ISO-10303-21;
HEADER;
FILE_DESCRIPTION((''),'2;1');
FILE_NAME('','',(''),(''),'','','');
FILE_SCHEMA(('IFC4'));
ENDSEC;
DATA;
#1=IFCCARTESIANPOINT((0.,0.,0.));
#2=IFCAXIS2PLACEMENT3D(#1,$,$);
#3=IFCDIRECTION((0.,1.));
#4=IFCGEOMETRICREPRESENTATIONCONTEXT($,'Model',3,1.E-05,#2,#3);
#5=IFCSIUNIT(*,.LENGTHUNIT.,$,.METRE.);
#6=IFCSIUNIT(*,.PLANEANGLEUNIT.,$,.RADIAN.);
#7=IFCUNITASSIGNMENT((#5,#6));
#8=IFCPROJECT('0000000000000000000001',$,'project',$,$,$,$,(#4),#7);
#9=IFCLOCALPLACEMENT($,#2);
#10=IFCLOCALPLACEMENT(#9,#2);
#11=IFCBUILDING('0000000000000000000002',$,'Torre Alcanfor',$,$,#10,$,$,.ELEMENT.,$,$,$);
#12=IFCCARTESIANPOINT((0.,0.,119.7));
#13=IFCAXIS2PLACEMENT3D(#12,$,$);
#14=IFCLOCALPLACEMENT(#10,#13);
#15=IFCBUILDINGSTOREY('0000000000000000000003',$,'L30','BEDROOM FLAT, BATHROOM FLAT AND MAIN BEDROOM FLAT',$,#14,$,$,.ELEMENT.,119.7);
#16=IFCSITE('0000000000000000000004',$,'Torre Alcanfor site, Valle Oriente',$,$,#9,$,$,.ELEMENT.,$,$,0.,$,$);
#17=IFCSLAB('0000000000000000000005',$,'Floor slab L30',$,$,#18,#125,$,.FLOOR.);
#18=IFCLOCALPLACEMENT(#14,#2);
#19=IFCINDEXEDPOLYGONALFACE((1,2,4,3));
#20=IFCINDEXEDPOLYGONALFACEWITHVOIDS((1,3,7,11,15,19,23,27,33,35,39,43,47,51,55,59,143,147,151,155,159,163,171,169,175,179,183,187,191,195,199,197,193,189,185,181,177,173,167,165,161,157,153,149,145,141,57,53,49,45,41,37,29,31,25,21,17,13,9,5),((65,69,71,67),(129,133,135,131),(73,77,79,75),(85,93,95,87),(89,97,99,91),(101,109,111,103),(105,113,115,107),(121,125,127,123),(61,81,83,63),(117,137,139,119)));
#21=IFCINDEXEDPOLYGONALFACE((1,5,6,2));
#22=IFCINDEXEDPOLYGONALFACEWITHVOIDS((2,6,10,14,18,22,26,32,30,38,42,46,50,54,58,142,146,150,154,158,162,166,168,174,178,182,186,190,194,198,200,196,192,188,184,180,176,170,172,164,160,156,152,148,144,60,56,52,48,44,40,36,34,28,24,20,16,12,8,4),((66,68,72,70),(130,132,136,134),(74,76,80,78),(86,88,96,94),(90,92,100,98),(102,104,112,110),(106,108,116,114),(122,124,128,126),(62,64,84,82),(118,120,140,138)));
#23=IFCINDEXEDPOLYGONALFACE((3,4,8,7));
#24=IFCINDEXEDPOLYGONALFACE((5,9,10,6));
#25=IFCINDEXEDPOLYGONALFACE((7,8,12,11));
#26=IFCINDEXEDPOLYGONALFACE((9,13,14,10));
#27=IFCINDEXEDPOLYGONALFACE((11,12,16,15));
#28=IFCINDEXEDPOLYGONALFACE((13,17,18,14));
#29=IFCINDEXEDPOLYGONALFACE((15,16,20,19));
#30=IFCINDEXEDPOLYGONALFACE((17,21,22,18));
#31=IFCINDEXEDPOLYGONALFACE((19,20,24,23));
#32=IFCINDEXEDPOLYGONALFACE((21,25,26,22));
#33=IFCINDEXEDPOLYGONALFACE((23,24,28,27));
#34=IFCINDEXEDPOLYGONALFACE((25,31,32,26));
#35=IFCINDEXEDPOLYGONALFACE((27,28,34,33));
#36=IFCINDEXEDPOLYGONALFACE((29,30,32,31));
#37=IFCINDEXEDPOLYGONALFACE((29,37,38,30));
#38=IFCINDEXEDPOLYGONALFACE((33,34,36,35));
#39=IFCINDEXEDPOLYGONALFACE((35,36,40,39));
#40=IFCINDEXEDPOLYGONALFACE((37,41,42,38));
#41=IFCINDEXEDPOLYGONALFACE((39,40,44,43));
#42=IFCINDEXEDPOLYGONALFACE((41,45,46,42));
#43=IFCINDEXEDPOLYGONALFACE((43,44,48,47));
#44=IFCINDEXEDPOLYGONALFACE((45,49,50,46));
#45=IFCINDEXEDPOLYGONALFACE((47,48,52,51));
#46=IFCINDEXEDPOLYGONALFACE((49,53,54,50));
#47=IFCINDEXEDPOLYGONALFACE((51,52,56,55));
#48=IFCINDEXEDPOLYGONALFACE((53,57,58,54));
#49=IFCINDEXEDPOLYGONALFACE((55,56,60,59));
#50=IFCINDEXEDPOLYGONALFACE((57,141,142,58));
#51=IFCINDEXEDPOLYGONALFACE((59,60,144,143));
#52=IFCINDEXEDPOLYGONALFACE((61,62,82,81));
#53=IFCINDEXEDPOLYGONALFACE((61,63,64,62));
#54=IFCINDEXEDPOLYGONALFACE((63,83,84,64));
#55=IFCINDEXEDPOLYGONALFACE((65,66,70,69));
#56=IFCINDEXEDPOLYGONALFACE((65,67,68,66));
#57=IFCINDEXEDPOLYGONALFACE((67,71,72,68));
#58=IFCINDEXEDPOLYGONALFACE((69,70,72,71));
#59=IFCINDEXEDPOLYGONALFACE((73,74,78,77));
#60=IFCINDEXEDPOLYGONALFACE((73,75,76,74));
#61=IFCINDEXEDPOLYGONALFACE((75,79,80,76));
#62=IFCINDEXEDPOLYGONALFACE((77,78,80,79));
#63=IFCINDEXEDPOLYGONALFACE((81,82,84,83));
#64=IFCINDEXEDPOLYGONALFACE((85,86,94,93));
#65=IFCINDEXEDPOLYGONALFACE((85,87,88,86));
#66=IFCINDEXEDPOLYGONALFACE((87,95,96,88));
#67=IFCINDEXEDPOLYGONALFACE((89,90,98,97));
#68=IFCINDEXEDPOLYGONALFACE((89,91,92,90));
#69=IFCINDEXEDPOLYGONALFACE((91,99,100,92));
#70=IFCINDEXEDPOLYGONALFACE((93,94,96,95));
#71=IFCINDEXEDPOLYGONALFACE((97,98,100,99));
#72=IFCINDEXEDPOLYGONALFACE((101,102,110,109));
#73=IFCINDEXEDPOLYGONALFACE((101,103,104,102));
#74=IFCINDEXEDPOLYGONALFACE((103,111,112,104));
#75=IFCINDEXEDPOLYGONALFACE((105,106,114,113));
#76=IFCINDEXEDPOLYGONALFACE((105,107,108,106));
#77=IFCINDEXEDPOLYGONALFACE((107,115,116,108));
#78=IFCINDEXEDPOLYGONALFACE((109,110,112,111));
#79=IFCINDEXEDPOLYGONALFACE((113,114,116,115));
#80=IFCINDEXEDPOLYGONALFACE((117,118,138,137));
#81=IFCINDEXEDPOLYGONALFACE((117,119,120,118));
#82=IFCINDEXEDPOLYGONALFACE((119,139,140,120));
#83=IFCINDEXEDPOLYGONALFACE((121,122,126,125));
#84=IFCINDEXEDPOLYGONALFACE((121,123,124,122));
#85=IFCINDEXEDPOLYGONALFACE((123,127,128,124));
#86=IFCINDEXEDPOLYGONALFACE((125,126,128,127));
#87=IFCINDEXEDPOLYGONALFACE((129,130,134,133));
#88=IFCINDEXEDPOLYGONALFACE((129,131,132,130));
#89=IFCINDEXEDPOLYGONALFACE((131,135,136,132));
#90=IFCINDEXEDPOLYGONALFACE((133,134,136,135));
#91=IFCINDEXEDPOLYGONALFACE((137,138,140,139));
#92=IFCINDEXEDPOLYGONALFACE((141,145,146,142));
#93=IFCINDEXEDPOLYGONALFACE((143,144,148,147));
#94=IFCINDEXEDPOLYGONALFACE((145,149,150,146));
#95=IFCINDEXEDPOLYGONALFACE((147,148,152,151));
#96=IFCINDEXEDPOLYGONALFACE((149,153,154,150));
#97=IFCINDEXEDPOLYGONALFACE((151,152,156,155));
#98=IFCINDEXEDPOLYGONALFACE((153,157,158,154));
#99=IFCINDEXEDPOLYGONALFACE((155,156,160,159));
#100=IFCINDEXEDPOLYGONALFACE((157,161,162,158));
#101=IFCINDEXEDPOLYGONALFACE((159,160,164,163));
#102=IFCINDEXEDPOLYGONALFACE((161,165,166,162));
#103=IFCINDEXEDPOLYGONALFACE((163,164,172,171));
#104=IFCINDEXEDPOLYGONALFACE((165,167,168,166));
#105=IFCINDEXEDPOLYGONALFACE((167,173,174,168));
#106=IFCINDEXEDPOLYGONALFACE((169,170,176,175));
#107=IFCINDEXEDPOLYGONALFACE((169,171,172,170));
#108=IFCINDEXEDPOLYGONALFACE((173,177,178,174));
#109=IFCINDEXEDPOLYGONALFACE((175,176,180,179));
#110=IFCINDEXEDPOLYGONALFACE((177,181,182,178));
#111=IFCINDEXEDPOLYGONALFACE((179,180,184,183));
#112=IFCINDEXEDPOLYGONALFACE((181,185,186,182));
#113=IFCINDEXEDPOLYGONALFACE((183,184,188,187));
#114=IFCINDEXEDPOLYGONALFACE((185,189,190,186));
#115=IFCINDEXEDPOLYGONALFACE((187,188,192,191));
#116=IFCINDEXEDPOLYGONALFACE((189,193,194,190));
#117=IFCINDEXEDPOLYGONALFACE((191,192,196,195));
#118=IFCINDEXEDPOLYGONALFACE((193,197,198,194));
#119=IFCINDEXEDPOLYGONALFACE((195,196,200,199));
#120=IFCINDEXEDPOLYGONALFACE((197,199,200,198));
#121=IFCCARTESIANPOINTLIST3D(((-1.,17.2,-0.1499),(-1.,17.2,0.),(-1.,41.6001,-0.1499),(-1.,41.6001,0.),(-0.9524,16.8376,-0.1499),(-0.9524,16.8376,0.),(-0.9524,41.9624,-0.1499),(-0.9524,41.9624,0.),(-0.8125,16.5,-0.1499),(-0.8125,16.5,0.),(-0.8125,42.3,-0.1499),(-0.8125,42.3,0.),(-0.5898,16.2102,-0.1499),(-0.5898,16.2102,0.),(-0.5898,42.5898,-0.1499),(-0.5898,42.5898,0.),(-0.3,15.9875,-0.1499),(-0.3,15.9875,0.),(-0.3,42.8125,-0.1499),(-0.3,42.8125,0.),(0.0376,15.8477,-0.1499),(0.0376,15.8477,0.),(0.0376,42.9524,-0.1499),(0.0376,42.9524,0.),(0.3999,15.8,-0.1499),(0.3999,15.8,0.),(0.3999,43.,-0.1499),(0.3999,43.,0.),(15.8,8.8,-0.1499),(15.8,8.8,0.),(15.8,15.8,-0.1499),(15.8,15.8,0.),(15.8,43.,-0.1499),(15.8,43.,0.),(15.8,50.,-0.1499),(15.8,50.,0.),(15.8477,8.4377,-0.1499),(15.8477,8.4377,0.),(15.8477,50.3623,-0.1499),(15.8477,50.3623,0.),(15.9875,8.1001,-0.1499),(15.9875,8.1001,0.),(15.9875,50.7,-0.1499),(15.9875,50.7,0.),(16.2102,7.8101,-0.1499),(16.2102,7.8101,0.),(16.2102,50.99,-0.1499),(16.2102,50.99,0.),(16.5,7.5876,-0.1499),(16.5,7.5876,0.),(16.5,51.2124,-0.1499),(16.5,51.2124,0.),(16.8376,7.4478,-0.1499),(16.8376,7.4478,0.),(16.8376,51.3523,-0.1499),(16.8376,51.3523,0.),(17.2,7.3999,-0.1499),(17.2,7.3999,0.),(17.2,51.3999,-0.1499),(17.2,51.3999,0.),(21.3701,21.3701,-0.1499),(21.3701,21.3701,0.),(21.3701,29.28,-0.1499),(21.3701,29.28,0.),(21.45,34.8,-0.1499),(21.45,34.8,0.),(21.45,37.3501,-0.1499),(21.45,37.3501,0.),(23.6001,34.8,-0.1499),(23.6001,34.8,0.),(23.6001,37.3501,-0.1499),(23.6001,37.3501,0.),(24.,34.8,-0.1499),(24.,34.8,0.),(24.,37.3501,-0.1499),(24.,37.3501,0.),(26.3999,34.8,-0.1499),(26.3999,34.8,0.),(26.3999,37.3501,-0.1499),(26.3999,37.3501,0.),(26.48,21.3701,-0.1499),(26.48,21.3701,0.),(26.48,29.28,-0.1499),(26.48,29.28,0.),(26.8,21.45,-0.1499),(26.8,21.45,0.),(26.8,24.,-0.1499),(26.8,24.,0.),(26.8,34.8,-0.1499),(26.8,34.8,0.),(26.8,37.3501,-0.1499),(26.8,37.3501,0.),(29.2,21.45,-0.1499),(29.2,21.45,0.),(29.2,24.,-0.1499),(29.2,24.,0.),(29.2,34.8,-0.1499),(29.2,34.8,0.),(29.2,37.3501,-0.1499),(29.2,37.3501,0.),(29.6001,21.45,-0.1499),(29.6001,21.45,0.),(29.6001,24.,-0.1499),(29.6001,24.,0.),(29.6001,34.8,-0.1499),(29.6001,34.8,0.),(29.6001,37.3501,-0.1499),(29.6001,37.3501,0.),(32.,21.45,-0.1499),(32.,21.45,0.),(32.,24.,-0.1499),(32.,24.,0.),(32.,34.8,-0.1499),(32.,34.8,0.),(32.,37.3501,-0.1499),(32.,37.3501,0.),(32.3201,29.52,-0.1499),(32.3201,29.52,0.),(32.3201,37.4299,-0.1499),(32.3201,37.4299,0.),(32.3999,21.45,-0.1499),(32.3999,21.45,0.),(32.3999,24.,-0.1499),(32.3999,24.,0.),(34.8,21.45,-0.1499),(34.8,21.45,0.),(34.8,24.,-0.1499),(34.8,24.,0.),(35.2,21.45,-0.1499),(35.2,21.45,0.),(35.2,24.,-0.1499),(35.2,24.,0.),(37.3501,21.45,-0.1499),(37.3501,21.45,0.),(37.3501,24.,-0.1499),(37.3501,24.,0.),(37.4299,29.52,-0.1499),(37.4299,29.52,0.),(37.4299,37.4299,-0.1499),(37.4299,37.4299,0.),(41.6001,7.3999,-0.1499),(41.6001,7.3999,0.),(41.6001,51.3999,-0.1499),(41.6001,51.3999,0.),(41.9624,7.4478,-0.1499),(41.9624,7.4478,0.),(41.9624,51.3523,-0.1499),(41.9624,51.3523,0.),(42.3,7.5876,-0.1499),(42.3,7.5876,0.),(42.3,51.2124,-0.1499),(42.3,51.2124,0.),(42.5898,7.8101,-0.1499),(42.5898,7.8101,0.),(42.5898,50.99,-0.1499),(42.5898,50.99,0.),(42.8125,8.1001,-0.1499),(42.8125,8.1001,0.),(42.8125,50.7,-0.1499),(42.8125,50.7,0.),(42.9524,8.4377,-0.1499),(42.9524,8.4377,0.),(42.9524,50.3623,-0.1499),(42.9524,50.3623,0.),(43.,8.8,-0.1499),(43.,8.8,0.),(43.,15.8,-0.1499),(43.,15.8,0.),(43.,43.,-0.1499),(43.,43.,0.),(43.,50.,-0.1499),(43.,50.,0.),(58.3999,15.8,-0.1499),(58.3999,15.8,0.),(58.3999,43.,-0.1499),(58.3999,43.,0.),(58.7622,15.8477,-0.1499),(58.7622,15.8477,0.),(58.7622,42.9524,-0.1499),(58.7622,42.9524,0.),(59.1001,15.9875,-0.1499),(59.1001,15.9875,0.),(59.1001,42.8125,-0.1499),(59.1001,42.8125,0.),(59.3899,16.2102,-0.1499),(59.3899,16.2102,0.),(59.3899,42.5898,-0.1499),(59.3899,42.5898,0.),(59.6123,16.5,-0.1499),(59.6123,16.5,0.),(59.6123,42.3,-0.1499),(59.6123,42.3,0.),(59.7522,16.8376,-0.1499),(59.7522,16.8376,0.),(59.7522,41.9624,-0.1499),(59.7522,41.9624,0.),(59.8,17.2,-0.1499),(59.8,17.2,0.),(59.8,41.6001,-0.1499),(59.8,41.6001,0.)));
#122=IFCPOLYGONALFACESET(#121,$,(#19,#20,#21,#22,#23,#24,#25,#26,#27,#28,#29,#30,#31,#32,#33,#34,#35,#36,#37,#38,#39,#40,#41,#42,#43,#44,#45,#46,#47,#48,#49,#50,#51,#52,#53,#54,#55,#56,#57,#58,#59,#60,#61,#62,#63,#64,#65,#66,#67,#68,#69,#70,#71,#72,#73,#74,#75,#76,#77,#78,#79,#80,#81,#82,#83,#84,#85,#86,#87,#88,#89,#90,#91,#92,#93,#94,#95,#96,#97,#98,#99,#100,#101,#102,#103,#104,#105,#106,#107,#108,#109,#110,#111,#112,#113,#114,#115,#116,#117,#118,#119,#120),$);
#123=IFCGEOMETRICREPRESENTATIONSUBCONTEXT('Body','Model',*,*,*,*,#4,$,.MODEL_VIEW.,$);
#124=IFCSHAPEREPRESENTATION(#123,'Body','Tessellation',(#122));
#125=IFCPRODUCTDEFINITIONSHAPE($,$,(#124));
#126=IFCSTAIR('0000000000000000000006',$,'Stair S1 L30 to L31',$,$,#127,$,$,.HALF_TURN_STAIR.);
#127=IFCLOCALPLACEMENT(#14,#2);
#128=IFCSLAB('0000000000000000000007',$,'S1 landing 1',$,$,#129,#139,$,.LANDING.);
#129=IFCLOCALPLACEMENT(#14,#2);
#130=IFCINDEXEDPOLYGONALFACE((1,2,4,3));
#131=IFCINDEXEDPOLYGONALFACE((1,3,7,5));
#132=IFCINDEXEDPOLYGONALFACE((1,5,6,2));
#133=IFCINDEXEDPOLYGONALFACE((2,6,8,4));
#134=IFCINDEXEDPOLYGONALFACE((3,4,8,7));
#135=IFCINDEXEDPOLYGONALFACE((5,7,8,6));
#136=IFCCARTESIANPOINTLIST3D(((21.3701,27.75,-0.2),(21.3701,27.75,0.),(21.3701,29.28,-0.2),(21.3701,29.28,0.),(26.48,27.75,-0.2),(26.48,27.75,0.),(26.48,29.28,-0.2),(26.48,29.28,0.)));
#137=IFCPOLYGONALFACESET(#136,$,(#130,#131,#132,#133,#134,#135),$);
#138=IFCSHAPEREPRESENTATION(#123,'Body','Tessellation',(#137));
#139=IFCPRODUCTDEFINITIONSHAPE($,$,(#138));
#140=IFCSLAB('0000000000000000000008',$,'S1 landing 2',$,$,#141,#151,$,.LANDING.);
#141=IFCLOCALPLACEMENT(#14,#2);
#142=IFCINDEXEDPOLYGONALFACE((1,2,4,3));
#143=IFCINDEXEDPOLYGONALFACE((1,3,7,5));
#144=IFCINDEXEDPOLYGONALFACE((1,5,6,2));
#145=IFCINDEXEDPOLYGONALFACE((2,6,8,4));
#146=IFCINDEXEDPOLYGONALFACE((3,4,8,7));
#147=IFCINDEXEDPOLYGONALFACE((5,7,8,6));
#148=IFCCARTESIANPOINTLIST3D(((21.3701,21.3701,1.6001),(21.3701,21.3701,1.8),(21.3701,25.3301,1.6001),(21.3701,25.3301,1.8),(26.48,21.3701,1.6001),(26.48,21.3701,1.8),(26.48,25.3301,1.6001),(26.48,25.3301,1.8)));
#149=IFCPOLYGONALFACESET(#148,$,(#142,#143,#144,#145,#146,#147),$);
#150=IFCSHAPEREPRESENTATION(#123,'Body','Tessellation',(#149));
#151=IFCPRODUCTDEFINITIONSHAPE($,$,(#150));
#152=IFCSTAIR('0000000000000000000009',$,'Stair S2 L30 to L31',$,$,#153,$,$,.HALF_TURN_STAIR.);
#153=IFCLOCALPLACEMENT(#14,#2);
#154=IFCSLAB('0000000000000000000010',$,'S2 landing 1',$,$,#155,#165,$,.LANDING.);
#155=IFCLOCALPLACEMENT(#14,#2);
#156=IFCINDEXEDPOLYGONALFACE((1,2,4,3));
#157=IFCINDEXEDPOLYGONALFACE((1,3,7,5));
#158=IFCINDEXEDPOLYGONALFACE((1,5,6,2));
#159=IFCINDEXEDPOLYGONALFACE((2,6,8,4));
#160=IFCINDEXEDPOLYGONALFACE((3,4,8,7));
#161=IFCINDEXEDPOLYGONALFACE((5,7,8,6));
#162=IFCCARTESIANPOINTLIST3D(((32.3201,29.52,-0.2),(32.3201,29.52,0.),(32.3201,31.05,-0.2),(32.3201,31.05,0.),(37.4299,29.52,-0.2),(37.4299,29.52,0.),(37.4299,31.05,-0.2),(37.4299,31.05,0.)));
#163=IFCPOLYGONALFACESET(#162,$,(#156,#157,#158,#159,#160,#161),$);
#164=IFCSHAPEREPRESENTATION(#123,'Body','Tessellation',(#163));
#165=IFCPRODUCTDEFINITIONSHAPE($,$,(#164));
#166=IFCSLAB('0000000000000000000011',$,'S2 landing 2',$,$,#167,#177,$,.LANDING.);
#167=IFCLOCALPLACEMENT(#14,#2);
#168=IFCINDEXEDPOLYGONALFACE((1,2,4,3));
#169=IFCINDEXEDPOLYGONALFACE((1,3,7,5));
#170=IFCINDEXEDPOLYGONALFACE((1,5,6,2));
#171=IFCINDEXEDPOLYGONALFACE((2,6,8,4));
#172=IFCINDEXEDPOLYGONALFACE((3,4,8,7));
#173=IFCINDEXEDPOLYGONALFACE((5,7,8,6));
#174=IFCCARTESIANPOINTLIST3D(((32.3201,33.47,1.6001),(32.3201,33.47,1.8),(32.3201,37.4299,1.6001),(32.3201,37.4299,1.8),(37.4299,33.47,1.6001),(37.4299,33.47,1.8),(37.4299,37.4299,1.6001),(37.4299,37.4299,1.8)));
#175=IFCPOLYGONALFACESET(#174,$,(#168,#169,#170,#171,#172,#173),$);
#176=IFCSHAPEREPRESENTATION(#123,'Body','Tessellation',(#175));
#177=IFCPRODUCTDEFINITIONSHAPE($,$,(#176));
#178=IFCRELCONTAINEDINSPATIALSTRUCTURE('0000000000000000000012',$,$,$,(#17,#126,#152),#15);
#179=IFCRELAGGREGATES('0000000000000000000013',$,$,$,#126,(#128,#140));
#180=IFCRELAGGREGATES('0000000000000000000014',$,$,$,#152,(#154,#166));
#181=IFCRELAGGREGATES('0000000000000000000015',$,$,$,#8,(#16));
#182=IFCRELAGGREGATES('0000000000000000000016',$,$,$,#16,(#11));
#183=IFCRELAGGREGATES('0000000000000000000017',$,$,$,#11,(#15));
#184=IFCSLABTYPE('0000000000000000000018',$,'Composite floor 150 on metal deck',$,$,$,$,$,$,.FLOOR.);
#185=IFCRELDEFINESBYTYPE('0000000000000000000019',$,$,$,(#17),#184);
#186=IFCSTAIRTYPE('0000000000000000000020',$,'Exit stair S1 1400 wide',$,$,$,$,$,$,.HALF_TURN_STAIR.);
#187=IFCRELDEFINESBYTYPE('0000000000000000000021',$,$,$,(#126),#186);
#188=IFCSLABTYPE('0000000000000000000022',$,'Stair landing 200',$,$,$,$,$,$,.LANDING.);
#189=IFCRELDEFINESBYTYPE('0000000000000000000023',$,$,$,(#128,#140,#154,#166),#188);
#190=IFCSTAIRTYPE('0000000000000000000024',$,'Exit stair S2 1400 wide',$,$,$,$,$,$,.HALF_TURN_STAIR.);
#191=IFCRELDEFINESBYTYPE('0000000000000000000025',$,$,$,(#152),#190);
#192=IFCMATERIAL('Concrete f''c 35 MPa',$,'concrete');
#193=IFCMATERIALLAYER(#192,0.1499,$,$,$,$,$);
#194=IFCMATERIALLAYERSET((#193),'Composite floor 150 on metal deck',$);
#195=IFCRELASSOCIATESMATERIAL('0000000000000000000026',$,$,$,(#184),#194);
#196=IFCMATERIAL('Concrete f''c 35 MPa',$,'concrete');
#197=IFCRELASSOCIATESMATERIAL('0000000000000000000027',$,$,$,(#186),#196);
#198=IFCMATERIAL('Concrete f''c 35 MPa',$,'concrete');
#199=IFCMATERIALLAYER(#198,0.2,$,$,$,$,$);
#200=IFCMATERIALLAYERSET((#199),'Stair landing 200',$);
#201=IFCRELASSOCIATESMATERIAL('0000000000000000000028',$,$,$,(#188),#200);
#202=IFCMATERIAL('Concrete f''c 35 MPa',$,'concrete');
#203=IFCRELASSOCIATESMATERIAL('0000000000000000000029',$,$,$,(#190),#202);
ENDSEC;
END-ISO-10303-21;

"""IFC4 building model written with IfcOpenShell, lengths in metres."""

from ifc_helpers import new_model, si_unit, direction, frame, origin, place, context, subcontext, project, spatial, polyline, outline, extrude, material, layer, layer_set, type_object, element, aggregate, save


model = new_model("IFC4")

# Units and contexts
model_context = context("Model", 3, precision=1e-05, world=origin(), true_north=direction((0.0, 1.0)))
body_context = subcontext(model_context, "Body", "Model", "MODEL_VIEW")
ifc_project = project(units=[si_unit("LENGTHUNIT", "METRE"), si_unit("PLANEANGLEUNIT", "RADIAN")], contexts=[model_context])

# Site, building, storey
site_placement = place(None, origin())
site = spatial("IfcSite", under=ifc_project, at=site_placement, Name="Torre Alcanfor site, Valle Oriente", CompositionType="ELEMENT", RefElevation=0.0)
building_placement = place(site_placement, origin())
building = spatial("IfcBuilding", under=site, at=building_placement, Name="Torre Alcanfor", CompositionType="ELEMENT")
storey_placement = place(building_placement, frame((0.0, 0.0, 119.7)))
storey = spatial("IfcBuildingStorey", under=building, at=storey_placement, Name="L30", Description="BEDROOM FLAT, BATHROOM FLAT AND MAIN BEDROOM FLAT", CompositionType="ELEMENT", Elevation=119.7)

# Slab
ifc_material_1 = material(Name="Concrete f'c 35 MPa", Category="concrete")
ifc_layer_1 = layer(ifc_material_1, 0.1499)
ifc_layer_set_1 = layer_set([ifc_layer_1], Name="Composite floor 150 on metal deck")
slab_type_1 = type_object("IfcSlabType", Name="Composite floor 150 on metal deck", PredefinedType="FLOOR", material=ifc_layer_set_1)
slab_1_placement = place(storey_placement, frame((0.0, 0.0, -0.1499)))
element("IfcSlab", 1, at=slab_1_placement, inside=storey, type_object=slab_type_1, Name="Floor slab L30", PredefinedType="FLOOR", context=body_context, shape_type="SweptSolid", body=[
    extrude(outline(polyline([(15.8, 43.0), (0.3999, 43.0), (0.0376, 42.9524), (-0.3, 42.8125), (-0.5898, 42.5898), (-0.8125, 42.3), (-0.9524, 41.9624), (-1.0, 41.6001), (-1.0, 17.2), (-0.9524, 16.8376), (-0.8125, 16.5), (-0.5898, 16.2102), (-0.3, 15.9875), (0.0376, 15.8477), (0.3999, 15.8), (15.8, 15.8), (15.8, 8.8), (15.8477, 8.4377), (15.9875, 8.1001), (16.2102, 7.8101), (16.5, 7.5876), (16.8376, 7.4478), (17.2, 7.3999), (41.6001, 7.3999), (41.9624, 7.4478), (42.3, 7.5876), (42.5898, 7.8101), (42.8125, 8.1001), (42.9524, 8.4377), (43.0, 8.8), (43.0, 15.8), (58.3999, 15.8), (58.7622, 15.8477), (59.1001, 15.9875), (59.3899, 16.2102), (59.6123, 16.5), (59.7522, 16.8376), (59.8, 17.2), (59.8, 41.6001), (59.7522, 41.9624), (59.6123, 42.3), (59.3899, 42.5898), (59.1001, 42.8125), (58.7622, 42.9524), (58.3999, 43.0), (43.0, 43.0), (43.0, 50.0), (42.9524, 50.3623), (42.8125, 50.7), (42.5898, 50.99), (42.3, 51.2124), (41.9624, 51.3523), (41.6001, 51.3999), (17.2, 51.3999), (16.8376, 51.3523), (16.5, 51.2124), (16.2102, 50.99), (15.9875, 50.7), (15.8477, 50.3623), (15.8, 50.0), (15.8, 43.0)]), holes=[polyline([(21.3701, 21.3701), (26.48, 21.3701), (26.48, 29.28), (21.3701, 29.28), (21.3701, 21.3701)]), polyline([(32.3201, 29.52), (37.4299, 29.52), (37.4299, 37.4299), (32.3201, 37.4299), (32.3201, 29.52)]), polyline([(26.8, 21.45), (29.2, 21.45), (29.2, 24.0), (26.8, 24.0), (26.8, 21.45)]), polyline([(29.6001, 21.45), (32.0, 21.45), (32.0, 24.0), (29.6001, 24.0), (29.6001, 21.45)]), polyline([(32.3999, 21.45), (34.8, 21.45), (34.8, 24.0), (32.3999, 24.0), (32.3999, 21.45)]), polyline([(35.2, 21.45), (37.3501, 21.45), (37.3501, 24.0), (35.2, 24.0), (35.2, 21.45)]), polyline([(21.45, 34.8), (23.6001, 34.8), (23.6001, 37.3501), (21.45, 37.3501), (21.45, 34.8)]), polyline([(24.0, 34.8), (26.3999, 34.8), (26.3999, 37.3501), (24.0, 37.3501), (24.0, 34.8)]), polyline([(26.8, 34.8), (29.2, 34.8), (29.2, 37.3501), (26.8, 37.3501), (26.8, 34.8)]), polyline([(29.6001, 34.8), (32.0, 34.8), (32.0, 37.3501), (29.6001, 37.3501), (29.6001, 34.8)])]), origin(), (0.0, 0.0, 1.0), 0.1499),
])

# Stairs, slabs
ifc_material_2 = material(Name="Concrete f'c 35 MPa", Category="concrete")
stair_type_1 = type_object("IfcStairType", Name="Exit stair S1 1400 wide", PredefinedType="HALF_TURN_STAIR", material=ifc_material_2)
stair_1_placement = place(storey_placement, origin())
stair_1 = element("IfcStair", 2, at=stair_1_placement, inside=storey, type_object=stair_type_1, Name="Stair S1 L30 to L31", PredefinedType="HALF_TURN_STAIR")
ifc_material_3 = material(Name="Concrete f'c 35 MPa", Category="concrete")
ifc_layer_2 = layer(ifc_material_3, 0.2)
ifc_layer_set_2 = layer_set([ifc_layer_2], Name="Stair landing 200")
slab_type_2 = type_object("IfcSlabType", Name="Stair landing 200", PredefinedType="LANDING", material=ifc_layer_set_2)
slab_2_placement = place(storey_placement, frame((0.0, 0.0, -0.2)))
slab_2 = element("IfcSlab", 3, at=slab_2_placement, type_object=slab_type_2, Name="S1 landing 1", PredefinedType="LANDING", context=body_context, shape_type="SweptSolid", body=[
    extrude(outline(polyline([(21.3701, 27.75), (26.48, 27.75), (26.48, 29.28), (21.3701, 29.28), (21.3701, 27.75)])), origin(), (0.0, 0.0, 1.0), 0.2),
])
slab_3_placement = place(storey_placement, frame((0.0, 0.0, 1.6001)))
slab_3 = element("IfcSlab", 4, at=slab_3_placement, type_object=slab_type_2, Name="S1 landing 2", PredefinedType="LANDING", context=body_context, shape_type="SweptSolid", body=[
    extrude(outline(polyline([(21.3701, 21.3701), (26.48, 21.3701), (26.48, 25.3301), (21.3701, 25.3301), (21.3701, 21.3701)])), origin(), (0.0, 0.0, 1.0), 0.2),
])
aggregate(stair_1, [slab_2, slab_3])
ifc_material_4 = material(Name="Concrete f'c 35 MPa", Category="concrete")
stair_type_2 = type_object("IfcStairType", Name="Exit stair S2 1400 wide", PredefinedType="HALF_TURN_STAIR", material=ifc_material_4)
stair_2_placement = place(storey_placement, origin())
stair_2 = element("IfcStair", 5, at=stair_2_placement, inside=storey, type_object=stair_type_2, Name="Stair S2 L30 to L31", PredefinedType="HALF_TURN_STAIR")
slab_4_placement = place(storey_placement, frame((0.0, 0.0, -0.2)))
slab_4 = element("IfcSlab", 6, at=slab_4_placement, type_object=slab_type_2, Name="S2 landing 1", PredefinedType="LANDING", context=body_context, shape_type="SweptSolid", body=[
    extrude(outline(polyline([(32.3201, 29.52), (37.4299, 29.52), (37.4299, 31.05), (32.3201, 31.05), (32.3201, 29.52)])), origin(), (0.0, 0.0, 1.0), 0.2),
])
slab_5_placement = place(storey_placement, frame((0.0, 0.0, 1.6001)))
slab_5 = element("IfcSlab", 7, at=slab_5_placement, type_object=slab_type_2, Name="S2 landing 2", PredefinedType="LANDING", context=body_context, shape_type="SweptSolid", body=[
    extrude(outline(polyline([(32.3201, 33.47), (37.4299, 33.47), (37.4299, 37.4299), (32.3201, 37.4299), (32.3201, 33.47)])), origin(), (0.0, 0.0, 1.0), 0.2),
])
aggregate(stair_2, [slab_4, slab_5])

save(model, "model.ifc")
